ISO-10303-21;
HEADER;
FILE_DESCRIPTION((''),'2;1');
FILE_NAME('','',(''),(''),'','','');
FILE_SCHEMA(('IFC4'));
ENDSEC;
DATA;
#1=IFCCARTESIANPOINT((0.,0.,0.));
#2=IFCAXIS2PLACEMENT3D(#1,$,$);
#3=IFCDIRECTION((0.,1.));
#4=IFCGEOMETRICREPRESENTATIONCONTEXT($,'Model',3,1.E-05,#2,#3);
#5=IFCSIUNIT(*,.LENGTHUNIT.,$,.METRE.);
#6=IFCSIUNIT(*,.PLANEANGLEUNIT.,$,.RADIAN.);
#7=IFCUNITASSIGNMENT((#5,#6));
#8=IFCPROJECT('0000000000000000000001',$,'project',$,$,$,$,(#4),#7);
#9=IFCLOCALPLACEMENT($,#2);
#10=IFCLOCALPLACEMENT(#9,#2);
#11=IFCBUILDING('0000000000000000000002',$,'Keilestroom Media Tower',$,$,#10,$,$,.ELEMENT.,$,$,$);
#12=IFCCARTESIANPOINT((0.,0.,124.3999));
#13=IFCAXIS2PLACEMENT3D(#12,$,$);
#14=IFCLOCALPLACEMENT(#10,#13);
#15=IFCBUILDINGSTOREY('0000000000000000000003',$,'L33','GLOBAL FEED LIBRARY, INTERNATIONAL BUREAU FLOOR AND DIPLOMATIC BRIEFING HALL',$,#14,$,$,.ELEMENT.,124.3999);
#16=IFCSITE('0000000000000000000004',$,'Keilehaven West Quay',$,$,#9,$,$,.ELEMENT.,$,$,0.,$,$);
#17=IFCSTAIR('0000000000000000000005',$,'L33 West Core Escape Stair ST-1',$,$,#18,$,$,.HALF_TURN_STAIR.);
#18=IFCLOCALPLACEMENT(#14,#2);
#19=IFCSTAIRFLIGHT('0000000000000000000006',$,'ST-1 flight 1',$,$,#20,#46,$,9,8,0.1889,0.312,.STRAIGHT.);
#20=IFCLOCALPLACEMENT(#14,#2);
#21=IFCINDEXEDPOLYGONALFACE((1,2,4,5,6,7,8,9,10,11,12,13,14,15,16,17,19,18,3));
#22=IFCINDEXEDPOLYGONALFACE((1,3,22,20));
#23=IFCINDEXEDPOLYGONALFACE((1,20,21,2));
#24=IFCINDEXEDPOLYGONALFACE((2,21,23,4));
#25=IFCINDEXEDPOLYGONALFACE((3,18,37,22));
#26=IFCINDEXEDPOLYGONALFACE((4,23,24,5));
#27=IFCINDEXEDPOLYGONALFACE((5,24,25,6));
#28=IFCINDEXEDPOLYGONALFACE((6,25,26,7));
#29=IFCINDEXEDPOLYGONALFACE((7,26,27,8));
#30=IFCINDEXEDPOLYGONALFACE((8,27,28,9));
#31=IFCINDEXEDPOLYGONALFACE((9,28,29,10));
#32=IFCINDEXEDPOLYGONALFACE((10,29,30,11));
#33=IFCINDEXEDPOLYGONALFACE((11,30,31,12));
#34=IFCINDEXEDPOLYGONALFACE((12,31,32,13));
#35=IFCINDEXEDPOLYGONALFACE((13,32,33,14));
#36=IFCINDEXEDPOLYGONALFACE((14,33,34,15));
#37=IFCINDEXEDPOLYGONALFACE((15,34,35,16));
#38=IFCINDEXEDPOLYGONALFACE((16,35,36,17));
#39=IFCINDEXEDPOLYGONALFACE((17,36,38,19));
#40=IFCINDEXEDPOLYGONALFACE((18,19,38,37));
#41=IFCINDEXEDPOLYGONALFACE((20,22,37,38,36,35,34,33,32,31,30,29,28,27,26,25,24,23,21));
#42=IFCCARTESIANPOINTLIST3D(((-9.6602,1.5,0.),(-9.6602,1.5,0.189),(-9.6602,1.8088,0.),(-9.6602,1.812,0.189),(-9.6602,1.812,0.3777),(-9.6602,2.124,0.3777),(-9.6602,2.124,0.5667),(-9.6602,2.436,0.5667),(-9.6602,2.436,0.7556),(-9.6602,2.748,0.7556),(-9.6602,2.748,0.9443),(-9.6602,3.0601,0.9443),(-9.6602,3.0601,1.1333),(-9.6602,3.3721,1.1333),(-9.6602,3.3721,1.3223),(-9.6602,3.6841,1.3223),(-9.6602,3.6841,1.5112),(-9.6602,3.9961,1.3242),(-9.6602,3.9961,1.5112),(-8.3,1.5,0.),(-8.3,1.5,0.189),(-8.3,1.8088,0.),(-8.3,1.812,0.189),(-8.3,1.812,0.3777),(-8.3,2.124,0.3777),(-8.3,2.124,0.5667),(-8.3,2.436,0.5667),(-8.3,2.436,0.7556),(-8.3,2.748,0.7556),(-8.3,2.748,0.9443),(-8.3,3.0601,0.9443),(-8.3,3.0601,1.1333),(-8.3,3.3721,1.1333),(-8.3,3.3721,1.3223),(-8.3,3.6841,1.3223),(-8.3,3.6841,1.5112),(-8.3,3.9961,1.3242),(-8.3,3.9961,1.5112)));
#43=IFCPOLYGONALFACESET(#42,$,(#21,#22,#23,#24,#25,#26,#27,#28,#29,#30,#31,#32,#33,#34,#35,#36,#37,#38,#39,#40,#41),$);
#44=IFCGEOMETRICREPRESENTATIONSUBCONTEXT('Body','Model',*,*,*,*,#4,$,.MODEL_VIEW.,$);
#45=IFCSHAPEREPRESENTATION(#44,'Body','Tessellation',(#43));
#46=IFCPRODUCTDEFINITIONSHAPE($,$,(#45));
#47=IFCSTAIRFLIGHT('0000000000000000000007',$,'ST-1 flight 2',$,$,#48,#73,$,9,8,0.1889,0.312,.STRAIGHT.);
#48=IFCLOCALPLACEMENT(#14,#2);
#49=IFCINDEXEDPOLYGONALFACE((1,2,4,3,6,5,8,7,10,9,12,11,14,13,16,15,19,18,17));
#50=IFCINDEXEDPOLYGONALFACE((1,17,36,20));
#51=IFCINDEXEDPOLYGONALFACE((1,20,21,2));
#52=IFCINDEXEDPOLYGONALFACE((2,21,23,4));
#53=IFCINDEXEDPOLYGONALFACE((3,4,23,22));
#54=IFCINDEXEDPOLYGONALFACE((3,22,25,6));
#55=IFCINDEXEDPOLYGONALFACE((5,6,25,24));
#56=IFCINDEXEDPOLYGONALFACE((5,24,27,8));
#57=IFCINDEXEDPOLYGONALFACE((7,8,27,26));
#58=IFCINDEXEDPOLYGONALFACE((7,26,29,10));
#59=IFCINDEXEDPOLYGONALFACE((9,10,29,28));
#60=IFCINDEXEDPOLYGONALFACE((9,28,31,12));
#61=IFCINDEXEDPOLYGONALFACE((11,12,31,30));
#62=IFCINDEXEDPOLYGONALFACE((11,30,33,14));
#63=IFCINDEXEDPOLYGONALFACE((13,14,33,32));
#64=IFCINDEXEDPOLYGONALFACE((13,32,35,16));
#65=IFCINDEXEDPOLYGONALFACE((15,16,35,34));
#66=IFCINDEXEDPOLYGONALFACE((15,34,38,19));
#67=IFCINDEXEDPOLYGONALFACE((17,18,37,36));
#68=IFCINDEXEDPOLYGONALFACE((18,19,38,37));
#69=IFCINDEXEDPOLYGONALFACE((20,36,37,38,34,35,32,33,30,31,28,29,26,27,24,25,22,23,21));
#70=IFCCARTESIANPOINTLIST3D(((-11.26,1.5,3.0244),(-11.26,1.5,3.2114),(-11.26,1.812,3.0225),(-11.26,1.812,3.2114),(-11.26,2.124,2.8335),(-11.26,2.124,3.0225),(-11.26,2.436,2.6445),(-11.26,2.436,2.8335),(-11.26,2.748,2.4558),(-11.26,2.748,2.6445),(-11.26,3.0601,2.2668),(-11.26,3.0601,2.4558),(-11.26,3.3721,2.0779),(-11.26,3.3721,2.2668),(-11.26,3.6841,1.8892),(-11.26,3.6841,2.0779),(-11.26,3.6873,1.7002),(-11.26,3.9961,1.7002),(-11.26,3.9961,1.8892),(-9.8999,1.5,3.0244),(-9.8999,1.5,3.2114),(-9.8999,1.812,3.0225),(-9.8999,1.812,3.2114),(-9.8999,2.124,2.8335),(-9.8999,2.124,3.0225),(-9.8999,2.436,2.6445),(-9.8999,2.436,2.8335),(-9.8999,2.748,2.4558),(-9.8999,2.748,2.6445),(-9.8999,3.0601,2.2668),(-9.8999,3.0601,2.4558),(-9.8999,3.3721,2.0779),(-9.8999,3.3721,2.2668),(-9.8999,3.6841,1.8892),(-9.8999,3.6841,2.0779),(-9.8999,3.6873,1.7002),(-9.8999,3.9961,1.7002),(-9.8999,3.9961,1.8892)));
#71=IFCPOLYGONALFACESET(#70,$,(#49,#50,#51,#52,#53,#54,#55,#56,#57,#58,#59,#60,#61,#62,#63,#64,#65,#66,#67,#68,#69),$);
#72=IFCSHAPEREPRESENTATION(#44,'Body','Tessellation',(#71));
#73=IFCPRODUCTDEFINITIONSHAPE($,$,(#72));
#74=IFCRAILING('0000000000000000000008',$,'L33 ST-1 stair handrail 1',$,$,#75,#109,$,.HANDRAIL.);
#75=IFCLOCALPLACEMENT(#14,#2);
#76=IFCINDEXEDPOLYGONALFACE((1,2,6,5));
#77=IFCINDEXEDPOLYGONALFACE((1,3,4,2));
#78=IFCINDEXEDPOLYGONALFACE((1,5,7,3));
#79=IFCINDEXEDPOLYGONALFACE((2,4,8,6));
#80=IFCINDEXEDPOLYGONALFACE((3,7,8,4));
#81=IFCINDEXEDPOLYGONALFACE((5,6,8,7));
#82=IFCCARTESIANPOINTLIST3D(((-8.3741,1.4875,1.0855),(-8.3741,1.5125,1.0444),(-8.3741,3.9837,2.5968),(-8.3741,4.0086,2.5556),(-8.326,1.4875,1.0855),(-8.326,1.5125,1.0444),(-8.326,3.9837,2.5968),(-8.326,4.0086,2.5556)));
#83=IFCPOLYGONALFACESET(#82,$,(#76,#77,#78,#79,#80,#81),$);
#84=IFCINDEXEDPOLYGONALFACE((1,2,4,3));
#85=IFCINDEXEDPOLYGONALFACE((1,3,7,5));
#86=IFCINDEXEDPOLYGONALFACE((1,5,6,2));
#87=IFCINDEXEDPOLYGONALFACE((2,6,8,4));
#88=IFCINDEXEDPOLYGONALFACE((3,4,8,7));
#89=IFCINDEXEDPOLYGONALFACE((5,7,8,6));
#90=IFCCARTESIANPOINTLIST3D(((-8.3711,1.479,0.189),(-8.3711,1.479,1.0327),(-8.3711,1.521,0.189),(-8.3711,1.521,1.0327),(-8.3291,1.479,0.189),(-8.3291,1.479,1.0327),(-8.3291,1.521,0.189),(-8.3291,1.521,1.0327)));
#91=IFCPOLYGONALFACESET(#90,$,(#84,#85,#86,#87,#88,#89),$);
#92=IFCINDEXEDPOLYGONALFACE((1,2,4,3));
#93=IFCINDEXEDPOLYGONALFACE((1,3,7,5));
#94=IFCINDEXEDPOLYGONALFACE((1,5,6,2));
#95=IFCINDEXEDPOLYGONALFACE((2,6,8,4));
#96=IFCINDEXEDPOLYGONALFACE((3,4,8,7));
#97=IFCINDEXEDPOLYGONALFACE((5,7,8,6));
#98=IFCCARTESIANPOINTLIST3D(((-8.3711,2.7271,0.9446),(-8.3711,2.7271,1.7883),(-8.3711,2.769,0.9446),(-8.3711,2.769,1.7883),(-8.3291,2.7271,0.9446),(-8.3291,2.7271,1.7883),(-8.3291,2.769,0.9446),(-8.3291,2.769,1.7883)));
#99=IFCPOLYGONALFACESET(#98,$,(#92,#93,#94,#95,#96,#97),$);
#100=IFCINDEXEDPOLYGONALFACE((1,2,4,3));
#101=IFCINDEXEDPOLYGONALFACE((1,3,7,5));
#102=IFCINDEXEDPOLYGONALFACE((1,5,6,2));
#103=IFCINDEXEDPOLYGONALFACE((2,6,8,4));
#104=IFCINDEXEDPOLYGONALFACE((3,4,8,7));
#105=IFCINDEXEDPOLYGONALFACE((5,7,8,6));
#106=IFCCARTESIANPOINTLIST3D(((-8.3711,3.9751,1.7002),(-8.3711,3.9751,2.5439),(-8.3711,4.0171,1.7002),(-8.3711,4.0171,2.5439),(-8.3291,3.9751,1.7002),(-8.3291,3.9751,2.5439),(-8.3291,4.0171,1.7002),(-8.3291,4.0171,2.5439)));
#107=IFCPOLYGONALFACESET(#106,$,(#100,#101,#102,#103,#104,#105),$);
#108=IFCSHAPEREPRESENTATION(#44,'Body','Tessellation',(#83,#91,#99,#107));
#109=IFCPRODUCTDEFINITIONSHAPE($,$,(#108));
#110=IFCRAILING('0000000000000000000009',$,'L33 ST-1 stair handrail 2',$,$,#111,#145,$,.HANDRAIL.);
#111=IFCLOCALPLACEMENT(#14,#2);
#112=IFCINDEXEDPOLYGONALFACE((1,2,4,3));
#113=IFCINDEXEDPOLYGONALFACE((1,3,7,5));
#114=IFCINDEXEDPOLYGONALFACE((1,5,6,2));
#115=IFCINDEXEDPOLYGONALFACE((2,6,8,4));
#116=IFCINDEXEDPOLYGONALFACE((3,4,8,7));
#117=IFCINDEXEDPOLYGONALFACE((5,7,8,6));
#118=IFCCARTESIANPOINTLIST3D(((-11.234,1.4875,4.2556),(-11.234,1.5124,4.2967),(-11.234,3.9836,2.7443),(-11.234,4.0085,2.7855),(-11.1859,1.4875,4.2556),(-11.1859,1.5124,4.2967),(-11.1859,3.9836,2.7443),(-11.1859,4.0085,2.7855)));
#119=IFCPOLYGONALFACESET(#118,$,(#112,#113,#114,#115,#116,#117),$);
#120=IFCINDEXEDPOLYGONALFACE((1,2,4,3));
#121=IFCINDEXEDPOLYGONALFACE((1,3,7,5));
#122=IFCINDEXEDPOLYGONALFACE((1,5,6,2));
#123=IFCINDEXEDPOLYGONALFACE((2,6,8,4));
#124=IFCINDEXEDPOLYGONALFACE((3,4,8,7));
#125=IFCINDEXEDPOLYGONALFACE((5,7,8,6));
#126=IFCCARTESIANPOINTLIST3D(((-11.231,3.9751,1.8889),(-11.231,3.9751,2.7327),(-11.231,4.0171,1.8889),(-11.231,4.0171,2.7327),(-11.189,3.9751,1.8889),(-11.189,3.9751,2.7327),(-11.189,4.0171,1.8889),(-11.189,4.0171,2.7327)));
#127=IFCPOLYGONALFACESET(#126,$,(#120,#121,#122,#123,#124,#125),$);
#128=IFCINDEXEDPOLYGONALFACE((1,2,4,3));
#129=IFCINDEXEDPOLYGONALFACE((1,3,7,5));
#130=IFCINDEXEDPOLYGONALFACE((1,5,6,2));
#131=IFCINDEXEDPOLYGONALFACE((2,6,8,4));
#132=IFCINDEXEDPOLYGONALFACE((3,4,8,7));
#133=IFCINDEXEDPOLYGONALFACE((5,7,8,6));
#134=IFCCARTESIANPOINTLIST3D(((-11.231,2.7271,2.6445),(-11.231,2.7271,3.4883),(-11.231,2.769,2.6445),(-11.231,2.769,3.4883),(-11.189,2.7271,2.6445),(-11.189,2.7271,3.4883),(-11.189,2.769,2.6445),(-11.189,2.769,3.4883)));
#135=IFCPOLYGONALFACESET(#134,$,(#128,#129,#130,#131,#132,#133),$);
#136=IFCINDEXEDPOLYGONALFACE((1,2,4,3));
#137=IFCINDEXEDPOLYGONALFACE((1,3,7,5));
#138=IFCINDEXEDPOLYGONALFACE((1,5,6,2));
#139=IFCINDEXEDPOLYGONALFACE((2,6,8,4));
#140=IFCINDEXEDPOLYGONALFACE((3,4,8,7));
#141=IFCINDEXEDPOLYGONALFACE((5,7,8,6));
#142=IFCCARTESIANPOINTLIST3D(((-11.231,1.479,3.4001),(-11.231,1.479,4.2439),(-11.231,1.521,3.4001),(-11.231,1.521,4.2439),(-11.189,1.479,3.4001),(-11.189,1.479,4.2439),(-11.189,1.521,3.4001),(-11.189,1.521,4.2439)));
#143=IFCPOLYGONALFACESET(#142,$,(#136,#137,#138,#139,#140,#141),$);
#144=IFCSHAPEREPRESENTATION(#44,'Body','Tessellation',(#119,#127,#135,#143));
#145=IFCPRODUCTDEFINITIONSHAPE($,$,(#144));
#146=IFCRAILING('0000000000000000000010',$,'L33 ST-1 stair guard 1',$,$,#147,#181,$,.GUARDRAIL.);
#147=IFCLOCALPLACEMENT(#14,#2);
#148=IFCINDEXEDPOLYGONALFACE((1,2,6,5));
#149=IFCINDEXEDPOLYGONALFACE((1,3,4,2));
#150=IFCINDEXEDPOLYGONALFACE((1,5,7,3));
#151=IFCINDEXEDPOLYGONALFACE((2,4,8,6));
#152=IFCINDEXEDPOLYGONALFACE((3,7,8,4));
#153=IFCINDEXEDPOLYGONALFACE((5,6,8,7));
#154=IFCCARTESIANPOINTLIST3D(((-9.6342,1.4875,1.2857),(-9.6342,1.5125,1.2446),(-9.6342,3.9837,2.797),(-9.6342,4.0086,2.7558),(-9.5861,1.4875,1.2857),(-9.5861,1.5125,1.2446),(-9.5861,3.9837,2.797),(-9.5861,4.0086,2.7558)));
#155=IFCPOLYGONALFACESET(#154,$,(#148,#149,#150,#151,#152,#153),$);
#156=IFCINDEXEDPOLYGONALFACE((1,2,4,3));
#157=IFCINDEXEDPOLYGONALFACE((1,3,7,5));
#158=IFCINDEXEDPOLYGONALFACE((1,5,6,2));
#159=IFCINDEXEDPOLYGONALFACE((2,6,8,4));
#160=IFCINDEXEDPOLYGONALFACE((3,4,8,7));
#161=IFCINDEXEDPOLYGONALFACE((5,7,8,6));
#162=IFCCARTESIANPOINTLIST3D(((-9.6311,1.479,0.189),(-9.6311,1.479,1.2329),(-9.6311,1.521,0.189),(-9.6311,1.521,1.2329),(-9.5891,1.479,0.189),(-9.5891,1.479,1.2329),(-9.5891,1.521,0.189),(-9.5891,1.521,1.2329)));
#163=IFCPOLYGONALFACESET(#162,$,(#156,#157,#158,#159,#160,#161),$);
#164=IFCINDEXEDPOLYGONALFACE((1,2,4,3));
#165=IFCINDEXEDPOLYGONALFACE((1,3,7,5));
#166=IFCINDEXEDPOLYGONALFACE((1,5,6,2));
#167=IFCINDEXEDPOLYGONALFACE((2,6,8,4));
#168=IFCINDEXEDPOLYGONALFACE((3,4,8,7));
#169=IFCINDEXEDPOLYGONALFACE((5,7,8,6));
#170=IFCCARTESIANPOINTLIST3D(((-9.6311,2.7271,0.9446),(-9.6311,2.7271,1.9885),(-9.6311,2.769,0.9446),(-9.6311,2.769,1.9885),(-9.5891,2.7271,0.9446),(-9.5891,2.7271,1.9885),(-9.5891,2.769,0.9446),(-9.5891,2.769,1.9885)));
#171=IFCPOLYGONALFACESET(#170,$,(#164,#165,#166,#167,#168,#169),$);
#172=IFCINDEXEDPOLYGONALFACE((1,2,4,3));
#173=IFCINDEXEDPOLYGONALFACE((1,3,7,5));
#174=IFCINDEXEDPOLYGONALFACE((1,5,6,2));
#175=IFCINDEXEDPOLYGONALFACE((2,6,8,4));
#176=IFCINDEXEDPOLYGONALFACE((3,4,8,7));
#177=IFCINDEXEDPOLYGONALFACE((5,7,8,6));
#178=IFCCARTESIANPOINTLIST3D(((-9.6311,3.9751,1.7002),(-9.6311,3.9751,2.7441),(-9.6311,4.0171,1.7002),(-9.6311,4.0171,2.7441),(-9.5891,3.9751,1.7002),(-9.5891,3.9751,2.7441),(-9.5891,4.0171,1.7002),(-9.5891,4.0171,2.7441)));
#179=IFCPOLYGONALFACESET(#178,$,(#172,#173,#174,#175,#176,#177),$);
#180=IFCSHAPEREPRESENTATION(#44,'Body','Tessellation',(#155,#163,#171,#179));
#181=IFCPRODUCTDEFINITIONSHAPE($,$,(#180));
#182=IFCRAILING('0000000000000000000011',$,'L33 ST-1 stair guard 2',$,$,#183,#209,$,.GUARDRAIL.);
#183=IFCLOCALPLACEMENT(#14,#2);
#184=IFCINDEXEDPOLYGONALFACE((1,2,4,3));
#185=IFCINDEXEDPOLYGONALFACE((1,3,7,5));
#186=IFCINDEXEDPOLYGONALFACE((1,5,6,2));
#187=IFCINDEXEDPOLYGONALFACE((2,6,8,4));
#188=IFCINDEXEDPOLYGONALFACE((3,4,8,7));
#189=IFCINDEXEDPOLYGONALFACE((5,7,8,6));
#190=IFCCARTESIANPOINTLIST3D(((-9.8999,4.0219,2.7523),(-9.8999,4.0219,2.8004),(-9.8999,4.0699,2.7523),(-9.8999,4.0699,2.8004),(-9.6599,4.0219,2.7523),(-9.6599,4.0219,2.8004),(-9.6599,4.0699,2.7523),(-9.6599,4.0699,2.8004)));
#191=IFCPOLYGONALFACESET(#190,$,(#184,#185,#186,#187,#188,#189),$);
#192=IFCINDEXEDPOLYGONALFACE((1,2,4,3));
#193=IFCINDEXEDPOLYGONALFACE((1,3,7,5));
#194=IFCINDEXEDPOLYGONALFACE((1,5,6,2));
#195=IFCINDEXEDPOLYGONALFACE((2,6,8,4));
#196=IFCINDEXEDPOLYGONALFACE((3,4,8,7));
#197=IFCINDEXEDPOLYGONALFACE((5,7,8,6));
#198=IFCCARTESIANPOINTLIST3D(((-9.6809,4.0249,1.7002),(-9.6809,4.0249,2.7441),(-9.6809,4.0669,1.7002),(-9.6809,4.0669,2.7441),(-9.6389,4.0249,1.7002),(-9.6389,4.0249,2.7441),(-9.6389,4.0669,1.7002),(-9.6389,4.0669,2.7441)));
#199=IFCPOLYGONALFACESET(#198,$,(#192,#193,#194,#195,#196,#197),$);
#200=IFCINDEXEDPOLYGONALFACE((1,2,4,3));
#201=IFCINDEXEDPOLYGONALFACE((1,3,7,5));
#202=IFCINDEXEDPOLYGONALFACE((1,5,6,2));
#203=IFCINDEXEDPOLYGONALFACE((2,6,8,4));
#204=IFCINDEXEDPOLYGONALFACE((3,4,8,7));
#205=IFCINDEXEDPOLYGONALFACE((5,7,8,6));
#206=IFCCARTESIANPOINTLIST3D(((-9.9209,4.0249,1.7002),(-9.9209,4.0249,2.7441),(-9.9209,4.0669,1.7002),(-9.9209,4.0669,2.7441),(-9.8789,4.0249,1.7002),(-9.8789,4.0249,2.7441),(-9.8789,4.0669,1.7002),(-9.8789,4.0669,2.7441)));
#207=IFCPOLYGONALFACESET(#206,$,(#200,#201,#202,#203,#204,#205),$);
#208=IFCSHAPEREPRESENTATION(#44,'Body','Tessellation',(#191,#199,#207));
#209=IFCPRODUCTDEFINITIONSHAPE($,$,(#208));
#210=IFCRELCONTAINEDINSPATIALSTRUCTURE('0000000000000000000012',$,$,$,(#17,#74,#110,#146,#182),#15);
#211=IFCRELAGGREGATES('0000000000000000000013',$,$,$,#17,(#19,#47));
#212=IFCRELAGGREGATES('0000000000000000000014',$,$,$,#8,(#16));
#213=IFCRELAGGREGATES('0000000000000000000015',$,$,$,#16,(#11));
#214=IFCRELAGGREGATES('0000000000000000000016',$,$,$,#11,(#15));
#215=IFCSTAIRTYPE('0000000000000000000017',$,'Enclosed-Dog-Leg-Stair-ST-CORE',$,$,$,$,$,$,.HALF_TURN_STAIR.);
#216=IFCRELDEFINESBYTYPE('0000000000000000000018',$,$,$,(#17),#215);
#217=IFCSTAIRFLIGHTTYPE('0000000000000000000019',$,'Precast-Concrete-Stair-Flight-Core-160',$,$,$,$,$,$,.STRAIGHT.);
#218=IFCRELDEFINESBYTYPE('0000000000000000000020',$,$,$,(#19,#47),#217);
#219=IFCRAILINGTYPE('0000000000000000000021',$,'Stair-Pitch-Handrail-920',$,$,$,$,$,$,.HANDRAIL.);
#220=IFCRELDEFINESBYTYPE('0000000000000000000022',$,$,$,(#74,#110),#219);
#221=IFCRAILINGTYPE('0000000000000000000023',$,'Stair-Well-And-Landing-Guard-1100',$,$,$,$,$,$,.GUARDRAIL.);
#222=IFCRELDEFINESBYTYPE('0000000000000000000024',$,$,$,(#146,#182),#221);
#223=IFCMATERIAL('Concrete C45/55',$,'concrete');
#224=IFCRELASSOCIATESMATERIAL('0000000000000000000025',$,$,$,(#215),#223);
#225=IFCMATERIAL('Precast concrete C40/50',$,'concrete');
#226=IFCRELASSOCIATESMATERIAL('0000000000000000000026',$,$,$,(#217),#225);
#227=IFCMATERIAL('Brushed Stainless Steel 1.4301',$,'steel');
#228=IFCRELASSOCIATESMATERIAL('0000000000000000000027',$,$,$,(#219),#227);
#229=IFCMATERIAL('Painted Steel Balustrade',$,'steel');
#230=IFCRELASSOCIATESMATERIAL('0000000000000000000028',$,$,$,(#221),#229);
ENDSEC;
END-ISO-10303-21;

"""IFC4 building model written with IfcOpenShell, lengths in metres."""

from ifc_helpers import new_model, si_unit, direction, frame, origin, origin_2d, place, context, subcontext, project, spatial, polyline, rectangle, outline, extrude, material, type_object, element, aggregate, save


model = new_model("IFC4")

# Units and contexts
model_context = context("Model", 3, precision=1e-05, world=origin(), true_north=direction((0.0, 1.0)))
body_context = subcontext(model_context, "Body", "Model", "MODEL_VIEW")
ifc_project = project(units=[si_unit("LENGTHUNIT", "METRE"), si_unit("PLANEANGLEUNIT", "RADIAN")], contexts=[model_context])

# Site, building, storey
site_placement = place(None, origin())
site = spatial("IfcSite", under=ifc_project, at=site_placement, Name="Keilehaven West Quay", CompositionType="ELEMENT", RefElevation=0.0)
building_placement = place(site_placement, origin())
building = spatial("IfcBuilding", under=site, at=building_placement, Name="Keilestroom Media Tower", CompositionType="ELEMENT")
storey_placement = place(building_placement, frame((0.0, 0.0, 124.3999)))
storey = spatial("IfcBuildingStorey", under=building, at=storey_placement, Name="L33", Description="GLOBAL FEED LIBRARY, INTERNATIONAL BUREAU FLOOR AND DIPLOMATIC BRIEFING HALL", CompositionType="ELEMENT", Elevation=124.3999)

# Stair
ifc_material_1 = material(Name="Concrete C45/55", Category="concrete")
stair_type = type_object("IfcStairType", Name="Enclosed-Dog-Leg-Stair-ST-CORE", PredefinedType="HALF_TURN_STAIR", material=ifc_material_1)
stair_1_placement = place(storey_placement, origin())
stair_1 = element("IfcStair", 1, at=stair_1_placement, inside=storey, type_object=stair_type, Name="L33 West Core Escape Stair ST-1", PredefinedType="HALF_TURN_STAIR")

# Shared definitions
ifc_material_2 = material(Name="Precast concrete C40/50", Category="concrete")

# Stair flights
stair_flight_type = type_object("IfcStairFlightType", Name="Precast-Concrete-Stair-Flight-Core-160", PredefinedType="STRAIGHT", material=ifc_material_2)
stair_flight_1_placement = place(storey_placement, frame((-8.98, 1.5, 0.0), z_axis=(0.0, 0.0, 1.0), x_axis=(0.0, 1.0, 0.0)))
stair_flight_1 = element("IfcStairFlight", 2, at=stair_flight_1_placement, type_object=stair_flight_type, Name="ST-1 flight 1", NumberOfRisers=9, NumberOfTreads=8, PredefinedType="STRAIGHT", RiserHeight=0.1889, TreadLength=0.312, context=body_context, shape_type="SweptSolid", body=[
    extrude(outline(polyline([(0.0, 0.0), (0.0, 0.189), (0.312, 0.189), (0.312, 0.3777), (0.624, 0.3777), (0.624, 0.5667), (0.936, 0.5667), (0.936, 0.7556), (1.248, 0.7556), (1.248, 0.9443), (1.5601, 0.9443), (1.5601, 1.1333), (1.8721, 1.1333), (1.8721, 1.3223), (2.1841, 1.3223), (2.1841, 1.5112), (2.4961, 1.5112), (2.4961, 1.7), (2.4961, 1.3242), (0.3088, 0.0), (0.0, 0.0)])), frame((0.0, 0.6802, 0.0), z_axis=(0.0, -1.0, 0.0), x_axis=(1.0, 0.0, 0.0)), (0.0, 0.0, 1.0), 1.3601),
])
stair_flight_2_placement = place(storey_placement, frame((-10.5801, 3.9961, 1.7002), z_axis=(0.0, 0.0, 1.0), x_axis=(0.0, -1.0, 0.0)))
stair_flight_2 = element("IfcStairFlight", 3, at=stair_flight_2_placement, type_object=stair_flight_type, Name="ST-1 flight 2", NumberOfRisers=9, NumberOfTreads=8, PredefinedType="STRAIGHT", RiserHeight=0.1889, TreadLength=0.312, context=body_context, shape_type="SweptSolid", body=[
    extrude(outline(polyline([(0.0, 0.0), (0.0, 0.189), (0.312, 0.189), (0.312, 0.3777), (0.624, 0.3777), (0.624, 0.5667), (0.936, 0.5667), (0.936, 0.7556), (1.248, 0.7556), (1.248, 0.9443), (1.5601, 0.9443), (1.5601, 1.1333), (1.8721, 1.1333), (1.8721, 1.3223), (2.1841, 1.3223), (2.1841, 1.5112), (2.4961, 1.5112), (2.4961, 1.7), (2.4961, 1.3242), (0.3088, 0.0), (0.0, 0.0)])), frame((0.0, 0.6802, 0.0), z_axis=(0.0, -1.0, 0.0), x_axis=(1.0, 0.0, 0.0)), (0.0, 0.0, 1.0), 1.3601),
])
aggregate(stair_1, [stair_flight_1, stair_flight_2])

# Railings
ifc_material_3 = material(Name="Brushed Stainless Steel 1.4301", Category="steel")
railing_type_1 = type_object("IfcRailingType", Name="Stair-Pitch-Handrail-920", PredefinedType="HANDRAIL", material=ifc_material_3)
railing_1_placement = place(storey_placement, frame((-8.3501, 1.5, 0.189)))
element("IfcRailing", 4, at=railing_1_placement, inside=storey, type_object=railing_type_1, Name="L33 ST-1 stair handrail 1", PredefinedType="HANDRAIL", context=body_context, shape_type="SweptSolid", body=[
    extrude(rectangle(XDim=0.0481, YDim=0.0481, at=origin_2d()), frame((0.0, 0.0, 0.876), z_axis=(0.0, 0.855434, 0.517912), x_axis=(-1.0, 0.0, 0.0)), (0.0, 0.0, 1.0), 2.918),
    extrude(rectangle(XDim=0.042, YDim=0.042, at=origin_2d()), origin(), (0.0, 0.0, 1.0), 0.8438),
    extrude(rectangle(XDim=0.042, YDim=0.042, at=origin_2d()), frame((0.0, 1.248, 0.7556)), (0.0, 0.0, 1.0), 0.8438),
    extrude(rectangle(XDim=0.042, YDim=0.042, at=origin_2d()), frame((0.0, 2.4961, 1.5112)), (0.0, 0.0, 1.0), 0.8438),
])
railing_2_placement = place(storey_placement, frame((-11.21, 3.9961, 1.8889)))
element("IfcRailing", 5, at=railing_2_placement, inside=storey, type_object=railing_type_1, Name="L33 ST-1 stair handrail 2", PredefinedType="HANDRAIL", context=body_context, shape_type="SweptSolid", body=[
    extrude(rectangle(XDim=0.0481, YDim=0.0481, at=origin_2d()), frame((0.0, 0.0, 0.876), z_axis=(0.0, -0.855434, 0.517912), x_axis=(1.0, 0.0, 0.0)), (0.0, 0.0, 1.0), 2.918),
    extrude(rectangle(XDim=0.042, YDim=0.042, at=origin_2d()), origin(), (0.0, 0.0, 1.0), 0.8438),
    extrude(rectangle(XDim=0.042, YDim=0.042, at=origin_2d()), frame((0.0, -1.248, 0.7556)), (0.0, 0.0, 1.0), 0.8438),
    extrude(rectangle(XDim=0.042, YDim=0.042, at=origin_2d()), frame((0.0, -2.4961, 1.5112)), (0.0, 0.0, 1.0), 0.8438),
])
ifc_material_4 = material(Name="Painted Steel Balustrade", Category="steel")
railing_type_2 = type_object("IfcRailingType", Name="Stair-Well-And-Landing-Guard-1100", PredefinedType="GUARDRAIL", material=ifc_material_4)
railing_3_placement = place(storey_placement, frame((-9.6101, 1.5, 0.189)))
element("IfcRailing", 6, at=railing_3_placement, inside=storey, type_object=railing_type_2, Name="L33 ST-1 stair guard 1", PredefinedType="GUARDRAIL", context=body_context, shape_type="SweptSolid", body=[
    extrude(rectangle(XDim=0.0481, YDim=0.0481, at=origin_2d()), frame((0.0, 0.0, 1.0762), z_axis=(0.0, 0.855434, 0.517912), x_axis=(-1.0, 0.0, 0.0)), (0.0, 0.0, 1.0), 2.918),
    extrude(rectangle(XDim=0.042, YDim=0.042, at=origin_2d()), origin(), (0.0, 0.0, 1.0), 1.0439),
    extrude(rectangle(XDim=0.042, YDim=0.042, at=origin_2d()), frame((0.0, 1.248, 0.7556)), (0.0, 0.0, 1.0), 1.0439),
    extrude(rectangle(XDim=0.042, YDim=0.042, at=origin_2d()), frame((0.0, 2.4961, 1.5112)), (0.0, 0.0, 1.0), 1.0439),
])
railing_4_placement = place(storey_placement, frame((-9.6599, 4.0459, 1.7002)))
element("IfcRailing", 7, at=railing_4_placement, inside=storey, type_object=railing_type_2, Name="L33 ST-1 stair guard 2", PredefinedType="GUARDRAIL", context=body_context, shape_type="SweptSolid", body=[
    extrude(rectangle(XDim=0.0481, YDim=0.0481, at=origin_2d()), frame((0.0, 0.0, 1.0762), z_axis=(-1.0, 0.0, 0.0), x_axis=(0.0, -1.0, 0.0)), (0.0, 0.0, 1.0), 0.24),
    extrude(rectangle(XDim=0.042, YDim=0.042, at=origin_2d()), origin(), (0.0, 0.0, 1.0), 1.0439),
    extrude(rectangle(XDim=0.042, YDim=0.042, at=origin_2d()), frame((-0.24, 0.0, 0.0)), (0.0, 0.0, 1.0), 1.0439),
])

save(model, "model.ifc")
